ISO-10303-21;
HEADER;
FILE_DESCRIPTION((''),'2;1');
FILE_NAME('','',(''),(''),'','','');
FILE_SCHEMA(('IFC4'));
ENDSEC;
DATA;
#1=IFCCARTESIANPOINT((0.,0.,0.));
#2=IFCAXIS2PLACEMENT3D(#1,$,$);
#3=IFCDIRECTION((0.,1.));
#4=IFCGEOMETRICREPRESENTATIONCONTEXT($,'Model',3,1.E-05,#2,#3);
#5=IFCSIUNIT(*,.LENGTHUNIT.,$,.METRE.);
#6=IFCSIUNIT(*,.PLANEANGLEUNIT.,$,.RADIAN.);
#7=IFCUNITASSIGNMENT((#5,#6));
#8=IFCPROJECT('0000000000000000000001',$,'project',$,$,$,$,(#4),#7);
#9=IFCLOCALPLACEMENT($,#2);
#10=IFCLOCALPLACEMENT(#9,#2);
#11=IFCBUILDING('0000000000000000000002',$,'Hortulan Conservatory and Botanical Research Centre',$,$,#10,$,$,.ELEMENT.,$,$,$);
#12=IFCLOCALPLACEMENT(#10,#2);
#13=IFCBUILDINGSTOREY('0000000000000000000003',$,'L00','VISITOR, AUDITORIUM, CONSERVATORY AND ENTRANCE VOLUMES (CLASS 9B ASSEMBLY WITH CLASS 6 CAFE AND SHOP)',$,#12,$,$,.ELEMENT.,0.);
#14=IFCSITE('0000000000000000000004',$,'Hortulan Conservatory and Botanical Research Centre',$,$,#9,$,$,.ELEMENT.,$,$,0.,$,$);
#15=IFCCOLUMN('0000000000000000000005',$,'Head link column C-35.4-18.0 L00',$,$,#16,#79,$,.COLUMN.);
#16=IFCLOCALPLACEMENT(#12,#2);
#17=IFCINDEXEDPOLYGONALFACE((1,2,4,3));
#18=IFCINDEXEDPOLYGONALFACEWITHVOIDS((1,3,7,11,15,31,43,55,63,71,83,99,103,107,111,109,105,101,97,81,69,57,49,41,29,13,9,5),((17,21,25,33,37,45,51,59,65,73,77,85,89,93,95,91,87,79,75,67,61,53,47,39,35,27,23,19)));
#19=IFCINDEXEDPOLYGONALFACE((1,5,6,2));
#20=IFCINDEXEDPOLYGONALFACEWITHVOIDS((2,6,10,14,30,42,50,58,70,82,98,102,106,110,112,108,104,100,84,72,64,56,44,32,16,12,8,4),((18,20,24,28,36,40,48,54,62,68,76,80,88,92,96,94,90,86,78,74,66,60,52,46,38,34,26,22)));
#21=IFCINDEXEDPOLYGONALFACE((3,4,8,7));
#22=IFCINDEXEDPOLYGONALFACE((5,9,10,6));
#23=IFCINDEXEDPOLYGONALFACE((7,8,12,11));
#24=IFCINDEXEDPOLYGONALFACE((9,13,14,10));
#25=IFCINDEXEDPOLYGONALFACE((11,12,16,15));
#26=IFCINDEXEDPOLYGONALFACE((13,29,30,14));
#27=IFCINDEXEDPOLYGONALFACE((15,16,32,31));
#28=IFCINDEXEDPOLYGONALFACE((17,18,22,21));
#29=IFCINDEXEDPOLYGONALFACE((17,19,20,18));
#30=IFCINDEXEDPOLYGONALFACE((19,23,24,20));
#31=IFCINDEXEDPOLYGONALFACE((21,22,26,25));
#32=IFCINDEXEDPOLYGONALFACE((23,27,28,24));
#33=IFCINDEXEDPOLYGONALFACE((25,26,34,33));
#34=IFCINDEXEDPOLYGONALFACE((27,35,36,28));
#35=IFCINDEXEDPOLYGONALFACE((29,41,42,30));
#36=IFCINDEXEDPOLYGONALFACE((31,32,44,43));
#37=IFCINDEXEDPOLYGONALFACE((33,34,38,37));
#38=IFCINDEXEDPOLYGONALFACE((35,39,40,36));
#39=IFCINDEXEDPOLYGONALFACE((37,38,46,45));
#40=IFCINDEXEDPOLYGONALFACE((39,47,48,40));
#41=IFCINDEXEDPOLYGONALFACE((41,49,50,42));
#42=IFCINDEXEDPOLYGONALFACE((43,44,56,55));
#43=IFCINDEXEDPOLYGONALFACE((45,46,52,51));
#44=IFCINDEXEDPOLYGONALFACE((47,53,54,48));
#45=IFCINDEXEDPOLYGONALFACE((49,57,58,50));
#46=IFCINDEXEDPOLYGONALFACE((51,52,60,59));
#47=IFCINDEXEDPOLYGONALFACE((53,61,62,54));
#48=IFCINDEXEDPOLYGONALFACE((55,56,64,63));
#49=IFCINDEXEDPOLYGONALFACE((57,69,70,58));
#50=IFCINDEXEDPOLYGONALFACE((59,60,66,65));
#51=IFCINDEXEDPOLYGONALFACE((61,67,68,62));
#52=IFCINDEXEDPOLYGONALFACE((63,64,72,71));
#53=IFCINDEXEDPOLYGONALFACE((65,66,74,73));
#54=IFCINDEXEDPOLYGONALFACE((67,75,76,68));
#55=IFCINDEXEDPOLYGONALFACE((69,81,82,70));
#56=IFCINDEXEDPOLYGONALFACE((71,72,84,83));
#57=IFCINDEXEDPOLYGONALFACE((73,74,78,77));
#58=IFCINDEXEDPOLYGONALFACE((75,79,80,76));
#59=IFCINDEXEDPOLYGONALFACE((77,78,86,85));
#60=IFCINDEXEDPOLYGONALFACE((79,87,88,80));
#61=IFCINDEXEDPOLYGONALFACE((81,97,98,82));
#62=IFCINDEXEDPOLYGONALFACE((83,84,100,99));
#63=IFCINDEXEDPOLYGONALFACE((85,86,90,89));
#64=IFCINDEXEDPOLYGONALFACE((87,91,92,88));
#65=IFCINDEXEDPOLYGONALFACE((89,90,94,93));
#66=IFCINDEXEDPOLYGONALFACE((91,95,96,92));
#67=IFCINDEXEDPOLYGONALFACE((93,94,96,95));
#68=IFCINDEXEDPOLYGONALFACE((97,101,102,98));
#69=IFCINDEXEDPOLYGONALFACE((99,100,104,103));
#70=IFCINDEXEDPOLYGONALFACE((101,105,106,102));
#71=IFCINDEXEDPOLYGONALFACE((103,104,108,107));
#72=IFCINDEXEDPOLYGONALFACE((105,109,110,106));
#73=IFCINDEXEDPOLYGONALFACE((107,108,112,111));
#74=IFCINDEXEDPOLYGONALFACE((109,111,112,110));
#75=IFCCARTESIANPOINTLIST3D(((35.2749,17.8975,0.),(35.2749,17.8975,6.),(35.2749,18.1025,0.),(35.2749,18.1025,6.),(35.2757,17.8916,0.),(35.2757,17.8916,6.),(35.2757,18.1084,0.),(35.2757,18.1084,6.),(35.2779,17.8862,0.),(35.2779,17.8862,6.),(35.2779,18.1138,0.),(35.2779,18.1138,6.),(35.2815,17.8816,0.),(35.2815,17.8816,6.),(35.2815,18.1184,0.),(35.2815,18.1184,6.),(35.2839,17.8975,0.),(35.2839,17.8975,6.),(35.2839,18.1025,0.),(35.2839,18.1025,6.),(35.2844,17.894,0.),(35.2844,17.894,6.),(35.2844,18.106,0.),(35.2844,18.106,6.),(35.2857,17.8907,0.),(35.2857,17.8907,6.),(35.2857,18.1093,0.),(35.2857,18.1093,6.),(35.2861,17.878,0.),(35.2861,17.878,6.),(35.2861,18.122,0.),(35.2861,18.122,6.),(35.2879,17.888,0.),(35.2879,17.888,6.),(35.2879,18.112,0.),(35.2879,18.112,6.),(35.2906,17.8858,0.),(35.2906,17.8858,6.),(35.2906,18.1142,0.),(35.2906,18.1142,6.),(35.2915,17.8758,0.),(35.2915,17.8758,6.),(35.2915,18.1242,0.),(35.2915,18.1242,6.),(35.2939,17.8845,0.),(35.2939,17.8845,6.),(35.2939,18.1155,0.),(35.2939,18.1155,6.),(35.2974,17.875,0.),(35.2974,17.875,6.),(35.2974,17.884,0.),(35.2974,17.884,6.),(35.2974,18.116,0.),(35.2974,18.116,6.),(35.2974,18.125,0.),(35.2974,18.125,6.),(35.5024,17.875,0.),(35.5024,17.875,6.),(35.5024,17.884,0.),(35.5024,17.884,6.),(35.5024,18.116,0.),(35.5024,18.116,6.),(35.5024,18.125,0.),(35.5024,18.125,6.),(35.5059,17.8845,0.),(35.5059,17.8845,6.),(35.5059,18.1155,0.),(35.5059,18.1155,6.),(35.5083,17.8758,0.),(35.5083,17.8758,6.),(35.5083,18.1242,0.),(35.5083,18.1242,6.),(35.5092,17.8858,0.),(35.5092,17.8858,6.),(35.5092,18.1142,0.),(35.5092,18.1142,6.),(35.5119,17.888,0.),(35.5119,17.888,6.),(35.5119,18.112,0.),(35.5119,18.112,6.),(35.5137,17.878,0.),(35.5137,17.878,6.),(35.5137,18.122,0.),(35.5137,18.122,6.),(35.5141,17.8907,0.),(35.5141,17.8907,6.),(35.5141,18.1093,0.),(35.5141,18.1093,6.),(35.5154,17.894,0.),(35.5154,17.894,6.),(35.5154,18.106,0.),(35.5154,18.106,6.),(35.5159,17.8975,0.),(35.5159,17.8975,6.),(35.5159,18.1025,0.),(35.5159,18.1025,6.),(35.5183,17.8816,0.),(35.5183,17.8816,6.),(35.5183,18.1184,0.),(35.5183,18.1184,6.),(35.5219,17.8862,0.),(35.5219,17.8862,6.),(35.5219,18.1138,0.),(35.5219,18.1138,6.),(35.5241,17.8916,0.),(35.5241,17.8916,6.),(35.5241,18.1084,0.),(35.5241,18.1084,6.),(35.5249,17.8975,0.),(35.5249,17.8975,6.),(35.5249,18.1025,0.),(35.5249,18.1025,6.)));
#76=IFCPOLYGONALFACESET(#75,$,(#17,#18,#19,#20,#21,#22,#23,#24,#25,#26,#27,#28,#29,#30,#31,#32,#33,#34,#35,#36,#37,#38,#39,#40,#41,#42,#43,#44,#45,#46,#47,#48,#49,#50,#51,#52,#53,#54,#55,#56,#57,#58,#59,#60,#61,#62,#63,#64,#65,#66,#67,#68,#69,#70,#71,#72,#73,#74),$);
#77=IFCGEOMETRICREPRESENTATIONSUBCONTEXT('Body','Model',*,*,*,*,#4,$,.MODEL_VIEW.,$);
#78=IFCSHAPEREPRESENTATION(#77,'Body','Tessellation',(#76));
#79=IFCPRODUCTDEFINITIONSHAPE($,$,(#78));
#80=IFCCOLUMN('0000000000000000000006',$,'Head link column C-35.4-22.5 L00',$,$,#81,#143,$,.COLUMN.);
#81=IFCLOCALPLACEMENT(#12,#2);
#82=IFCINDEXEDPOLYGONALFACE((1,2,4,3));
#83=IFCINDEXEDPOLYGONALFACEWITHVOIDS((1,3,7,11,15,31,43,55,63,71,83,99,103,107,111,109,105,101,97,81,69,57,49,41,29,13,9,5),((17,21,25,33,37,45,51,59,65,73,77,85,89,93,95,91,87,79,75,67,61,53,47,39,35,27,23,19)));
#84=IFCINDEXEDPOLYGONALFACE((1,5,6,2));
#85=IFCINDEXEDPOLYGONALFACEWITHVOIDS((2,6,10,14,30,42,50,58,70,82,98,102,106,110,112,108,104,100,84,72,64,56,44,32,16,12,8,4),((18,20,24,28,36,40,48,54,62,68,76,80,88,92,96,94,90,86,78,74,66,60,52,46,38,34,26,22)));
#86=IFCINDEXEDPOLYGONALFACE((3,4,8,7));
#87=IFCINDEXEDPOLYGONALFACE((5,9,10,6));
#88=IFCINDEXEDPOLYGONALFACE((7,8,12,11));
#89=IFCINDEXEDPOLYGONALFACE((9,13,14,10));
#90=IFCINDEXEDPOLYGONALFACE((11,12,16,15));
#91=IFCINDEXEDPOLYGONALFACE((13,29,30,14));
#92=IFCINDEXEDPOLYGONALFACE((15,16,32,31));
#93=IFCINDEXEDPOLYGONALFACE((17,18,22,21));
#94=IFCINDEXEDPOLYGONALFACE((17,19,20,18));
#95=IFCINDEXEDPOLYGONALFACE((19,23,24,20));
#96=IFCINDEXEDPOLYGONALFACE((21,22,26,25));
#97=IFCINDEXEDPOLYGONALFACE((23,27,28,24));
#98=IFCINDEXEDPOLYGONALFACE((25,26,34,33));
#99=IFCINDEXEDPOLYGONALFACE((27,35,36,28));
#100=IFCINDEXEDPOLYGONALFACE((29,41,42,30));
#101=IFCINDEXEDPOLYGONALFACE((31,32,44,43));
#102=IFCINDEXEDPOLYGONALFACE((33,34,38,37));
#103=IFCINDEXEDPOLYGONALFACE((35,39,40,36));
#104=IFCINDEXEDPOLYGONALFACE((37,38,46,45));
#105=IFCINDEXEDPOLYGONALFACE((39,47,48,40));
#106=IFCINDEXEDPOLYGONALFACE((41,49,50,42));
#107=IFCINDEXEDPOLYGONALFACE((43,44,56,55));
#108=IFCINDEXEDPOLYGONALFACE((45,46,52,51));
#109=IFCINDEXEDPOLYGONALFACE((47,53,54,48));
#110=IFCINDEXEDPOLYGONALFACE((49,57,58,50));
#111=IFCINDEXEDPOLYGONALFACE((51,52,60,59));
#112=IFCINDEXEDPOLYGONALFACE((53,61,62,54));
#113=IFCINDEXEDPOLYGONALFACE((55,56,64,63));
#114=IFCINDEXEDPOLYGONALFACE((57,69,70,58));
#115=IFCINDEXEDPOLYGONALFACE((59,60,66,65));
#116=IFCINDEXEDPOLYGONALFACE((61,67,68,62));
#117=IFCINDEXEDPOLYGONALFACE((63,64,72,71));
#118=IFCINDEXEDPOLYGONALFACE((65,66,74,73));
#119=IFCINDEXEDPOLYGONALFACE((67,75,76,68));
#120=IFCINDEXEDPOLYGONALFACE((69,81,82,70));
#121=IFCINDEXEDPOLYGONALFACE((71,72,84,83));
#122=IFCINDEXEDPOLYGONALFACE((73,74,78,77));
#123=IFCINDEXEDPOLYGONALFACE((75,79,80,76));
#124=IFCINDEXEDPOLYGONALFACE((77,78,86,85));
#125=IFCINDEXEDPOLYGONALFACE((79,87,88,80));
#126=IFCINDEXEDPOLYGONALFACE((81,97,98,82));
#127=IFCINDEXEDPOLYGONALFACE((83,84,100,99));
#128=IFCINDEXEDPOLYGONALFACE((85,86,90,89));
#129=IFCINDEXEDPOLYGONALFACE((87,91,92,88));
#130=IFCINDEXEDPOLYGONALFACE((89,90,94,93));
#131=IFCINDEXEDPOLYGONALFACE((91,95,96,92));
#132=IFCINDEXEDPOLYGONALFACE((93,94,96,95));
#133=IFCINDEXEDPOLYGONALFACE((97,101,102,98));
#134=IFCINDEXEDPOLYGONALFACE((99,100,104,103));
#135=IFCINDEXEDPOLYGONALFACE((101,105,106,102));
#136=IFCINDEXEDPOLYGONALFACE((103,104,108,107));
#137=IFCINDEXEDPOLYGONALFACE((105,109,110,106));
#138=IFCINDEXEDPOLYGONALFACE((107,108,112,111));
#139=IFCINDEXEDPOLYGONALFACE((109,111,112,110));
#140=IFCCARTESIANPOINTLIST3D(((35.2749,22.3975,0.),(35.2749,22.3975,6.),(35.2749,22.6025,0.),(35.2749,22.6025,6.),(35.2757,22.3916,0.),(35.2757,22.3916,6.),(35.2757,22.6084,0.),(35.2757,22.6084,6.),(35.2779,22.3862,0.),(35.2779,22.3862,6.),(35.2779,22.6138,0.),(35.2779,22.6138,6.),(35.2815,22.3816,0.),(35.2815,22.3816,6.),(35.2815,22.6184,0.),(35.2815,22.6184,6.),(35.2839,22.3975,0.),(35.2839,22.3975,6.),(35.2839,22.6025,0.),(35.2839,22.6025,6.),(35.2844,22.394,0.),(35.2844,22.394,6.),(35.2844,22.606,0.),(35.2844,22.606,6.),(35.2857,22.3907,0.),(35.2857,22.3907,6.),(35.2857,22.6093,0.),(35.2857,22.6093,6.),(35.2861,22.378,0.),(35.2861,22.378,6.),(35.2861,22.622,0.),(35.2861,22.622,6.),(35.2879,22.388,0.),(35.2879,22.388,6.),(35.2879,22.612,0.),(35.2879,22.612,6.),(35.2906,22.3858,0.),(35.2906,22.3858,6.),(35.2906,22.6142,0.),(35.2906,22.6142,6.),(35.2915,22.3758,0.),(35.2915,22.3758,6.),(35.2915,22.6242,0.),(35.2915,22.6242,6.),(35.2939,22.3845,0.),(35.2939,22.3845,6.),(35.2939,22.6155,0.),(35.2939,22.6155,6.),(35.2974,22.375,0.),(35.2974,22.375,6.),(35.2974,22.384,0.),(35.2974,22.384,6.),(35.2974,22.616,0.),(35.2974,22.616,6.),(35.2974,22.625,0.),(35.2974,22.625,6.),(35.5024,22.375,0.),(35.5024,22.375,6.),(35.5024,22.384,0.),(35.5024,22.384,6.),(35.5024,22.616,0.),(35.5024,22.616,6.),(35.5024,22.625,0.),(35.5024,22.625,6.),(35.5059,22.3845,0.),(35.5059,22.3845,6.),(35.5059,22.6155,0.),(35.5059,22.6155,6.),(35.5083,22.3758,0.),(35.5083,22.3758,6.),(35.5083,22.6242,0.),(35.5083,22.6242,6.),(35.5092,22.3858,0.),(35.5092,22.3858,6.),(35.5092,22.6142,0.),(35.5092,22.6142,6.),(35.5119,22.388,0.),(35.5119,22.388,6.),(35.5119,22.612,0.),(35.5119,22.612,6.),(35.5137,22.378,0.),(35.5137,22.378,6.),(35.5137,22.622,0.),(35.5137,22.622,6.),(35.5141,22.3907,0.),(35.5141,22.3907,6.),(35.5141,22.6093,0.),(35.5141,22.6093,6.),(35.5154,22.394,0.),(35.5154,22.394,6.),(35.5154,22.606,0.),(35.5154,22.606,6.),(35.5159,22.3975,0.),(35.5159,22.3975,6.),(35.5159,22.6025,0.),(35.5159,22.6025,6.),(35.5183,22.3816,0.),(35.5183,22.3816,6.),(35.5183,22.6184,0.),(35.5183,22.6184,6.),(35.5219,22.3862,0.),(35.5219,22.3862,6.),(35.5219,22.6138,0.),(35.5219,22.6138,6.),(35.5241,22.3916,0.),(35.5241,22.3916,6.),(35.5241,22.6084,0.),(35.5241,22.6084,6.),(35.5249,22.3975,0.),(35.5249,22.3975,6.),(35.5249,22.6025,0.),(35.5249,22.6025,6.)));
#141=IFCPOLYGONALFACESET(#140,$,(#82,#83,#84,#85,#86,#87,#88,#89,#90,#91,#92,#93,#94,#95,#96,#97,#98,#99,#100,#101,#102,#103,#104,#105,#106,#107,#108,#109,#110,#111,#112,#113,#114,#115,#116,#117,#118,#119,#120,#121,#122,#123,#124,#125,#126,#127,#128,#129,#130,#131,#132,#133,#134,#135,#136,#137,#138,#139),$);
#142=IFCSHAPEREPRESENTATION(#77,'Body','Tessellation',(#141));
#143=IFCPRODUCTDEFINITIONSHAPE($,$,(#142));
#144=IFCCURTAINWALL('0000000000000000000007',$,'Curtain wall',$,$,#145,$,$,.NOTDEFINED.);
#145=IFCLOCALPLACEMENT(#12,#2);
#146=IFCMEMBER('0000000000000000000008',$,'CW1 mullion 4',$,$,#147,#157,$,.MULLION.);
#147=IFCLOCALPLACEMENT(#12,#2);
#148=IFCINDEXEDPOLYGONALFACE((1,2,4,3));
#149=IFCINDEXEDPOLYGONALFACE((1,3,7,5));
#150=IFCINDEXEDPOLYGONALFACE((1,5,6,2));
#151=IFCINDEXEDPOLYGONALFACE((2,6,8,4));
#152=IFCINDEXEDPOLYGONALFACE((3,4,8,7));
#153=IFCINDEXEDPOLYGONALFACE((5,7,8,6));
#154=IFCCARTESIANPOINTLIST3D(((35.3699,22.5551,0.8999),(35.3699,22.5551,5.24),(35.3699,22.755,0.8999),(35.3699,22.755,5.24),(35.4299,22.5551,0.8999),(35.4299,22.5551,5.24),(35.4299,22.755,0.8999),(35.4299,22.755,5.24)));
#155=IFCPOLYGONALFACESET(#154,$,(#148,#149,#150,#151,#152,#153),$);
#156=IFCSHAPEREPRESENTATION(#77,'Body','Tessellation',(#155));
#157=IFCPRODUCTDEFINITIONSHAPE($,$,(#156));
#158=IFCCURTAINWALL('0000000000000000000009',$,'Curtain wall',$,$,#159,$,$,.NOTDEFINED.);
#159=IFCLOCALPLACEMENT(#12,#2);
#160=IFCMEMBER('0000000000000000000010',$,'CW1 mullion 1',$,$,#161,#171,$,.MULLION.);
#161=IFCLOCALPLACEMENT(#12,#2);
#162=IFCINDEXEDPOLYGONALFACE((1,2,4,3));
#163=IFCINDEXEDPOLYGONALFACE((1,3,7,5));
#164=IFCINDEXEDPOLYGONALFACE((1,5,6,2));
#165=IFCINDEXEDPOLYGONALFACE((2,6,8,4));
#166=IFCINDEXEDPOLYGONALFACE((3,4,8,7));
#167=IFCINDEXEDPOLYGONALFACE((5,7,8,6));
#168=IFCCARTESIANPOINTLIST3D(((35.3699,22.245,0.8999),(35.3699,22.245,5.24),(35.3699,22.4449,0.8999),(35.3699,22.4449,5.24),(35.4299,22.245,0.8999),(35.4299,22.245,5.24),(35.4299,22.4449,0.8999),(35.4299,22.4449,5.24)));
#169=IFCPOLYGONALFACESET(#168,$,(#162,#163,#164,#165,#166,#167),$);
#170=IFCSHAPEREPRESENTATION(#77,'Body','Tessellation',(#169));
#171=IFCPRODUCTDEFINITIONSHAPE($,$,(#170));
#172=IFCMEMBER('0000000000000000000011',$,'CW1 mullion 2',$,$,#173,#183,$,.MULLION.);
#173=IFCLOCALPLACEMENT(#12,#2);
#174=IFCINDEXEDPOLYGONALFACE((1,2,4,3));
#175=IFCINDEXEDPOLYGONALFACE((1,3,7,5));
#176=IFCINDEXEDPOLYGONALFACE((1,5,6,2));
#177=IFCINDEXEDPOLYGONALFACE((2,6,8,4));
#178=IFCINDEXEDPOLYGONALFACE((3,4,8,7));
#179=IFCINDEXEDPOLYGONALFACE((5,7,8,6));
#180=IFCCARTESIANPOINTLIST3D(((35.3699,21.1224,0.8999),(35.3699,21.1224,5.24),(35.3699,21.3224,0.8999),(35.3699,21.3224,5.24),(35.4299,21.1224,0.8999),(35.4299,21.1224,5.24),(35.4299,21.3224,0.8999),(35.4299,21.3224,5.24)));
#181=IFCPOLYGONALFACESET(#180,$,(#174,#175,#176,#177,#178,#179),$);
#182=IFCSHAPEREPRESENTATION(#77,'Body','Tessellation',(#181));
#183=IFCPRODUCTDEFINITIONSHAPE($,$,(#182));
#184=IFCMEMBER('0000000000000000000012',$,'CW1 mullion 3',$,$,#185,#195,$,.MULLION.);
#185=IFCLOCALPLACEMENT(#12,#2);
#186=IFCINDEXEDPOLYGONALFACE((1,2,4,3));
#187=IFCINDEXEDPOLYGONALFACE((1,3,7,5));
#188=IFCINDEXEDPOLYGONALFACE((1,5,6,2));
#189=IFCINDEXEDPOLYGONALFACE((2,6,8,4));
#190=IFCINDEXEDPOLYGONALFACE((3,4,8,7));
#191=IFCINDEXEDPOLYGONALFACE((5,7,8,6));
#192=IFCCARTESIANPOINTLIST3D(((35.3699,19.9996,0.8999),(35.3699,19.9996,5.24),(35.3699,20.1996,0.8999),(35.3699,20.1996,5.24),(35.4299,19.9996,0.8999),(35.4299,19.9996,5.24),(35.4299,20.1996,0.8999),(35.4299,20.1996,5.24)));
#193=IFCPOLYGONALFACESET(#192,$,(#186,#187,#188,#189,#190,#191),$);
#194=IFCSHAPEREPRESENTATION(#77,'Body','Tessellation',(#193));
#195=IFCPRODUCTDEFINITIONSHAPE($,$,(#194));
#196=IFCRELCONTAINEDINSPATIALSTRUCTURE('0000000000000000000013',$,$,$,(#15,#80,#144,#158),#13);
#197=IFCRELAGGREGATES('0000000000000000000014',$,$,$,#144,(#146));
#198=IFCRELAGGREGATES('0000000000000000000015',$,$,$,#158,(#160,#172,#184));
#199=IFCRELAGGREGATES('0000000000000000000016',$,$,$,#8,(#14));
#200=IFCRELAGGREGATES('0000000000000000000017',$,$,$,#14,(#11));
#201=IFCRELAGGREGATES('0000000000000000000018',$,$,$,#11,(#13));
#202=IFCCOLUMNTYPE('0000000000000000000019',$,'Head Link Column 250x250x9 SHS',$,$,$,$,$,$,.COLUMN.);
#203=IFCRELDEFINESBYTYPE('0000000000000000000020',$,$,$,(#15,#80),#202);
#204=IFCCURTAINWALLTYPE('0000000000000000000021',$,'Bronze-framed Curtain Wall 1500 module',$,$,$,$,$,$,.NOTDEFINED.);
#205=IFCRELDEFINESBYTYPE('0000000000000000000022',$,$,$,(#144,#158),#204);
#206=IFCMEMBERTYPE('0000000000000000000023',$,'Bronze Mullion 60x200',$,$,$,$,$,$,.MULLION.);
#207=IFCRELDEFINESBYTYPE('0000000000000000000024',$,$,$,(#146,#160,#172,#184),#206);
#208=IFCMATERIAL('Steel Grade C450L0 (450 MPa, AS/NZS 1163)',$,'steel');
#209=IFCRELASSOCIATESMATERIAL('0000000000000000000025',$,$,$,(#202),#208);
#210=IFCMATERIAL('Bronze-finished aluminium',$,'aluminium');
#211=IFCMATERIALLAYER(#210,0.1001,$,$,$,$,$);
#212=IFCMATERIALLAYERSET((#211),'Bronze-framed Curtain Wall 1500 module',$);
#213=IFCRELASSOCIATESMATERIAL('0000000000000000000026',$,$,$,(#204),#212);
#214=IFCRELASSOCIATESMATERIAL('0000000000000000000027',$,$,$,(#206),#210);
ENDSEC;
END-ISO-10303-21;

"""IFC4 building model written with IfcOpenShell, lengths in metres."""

from ifc_helpers import new_model, si_unit, direction, frame, origin, origin_2d, place, context, subcontext, project, spatial, rectangle, hollow_rectangle, extrude, material, layer, layer_set, material_profile, profile_set, type_object, element, aggregate, save


model = new_model("IFC4")

# Units and contexts
model_context = context("Model", 3, precision=1e-05, world=origin(), true_north=direction((0.0, 1.0)))
body_context = subcontext(model_context, "Body", "Model", "MODEL_VIEW")
ifc_project = project(units=[si_unit("LENGTHUNIT", "METRE"), si_unit("PLANEANGLEUNIT", "RADIAN")], contexts=[model_context])

# Site, building, storey
site_placement = place(None, origin())
site = spatial("IfcSite", under=ifc_project, at=site_placement, Name="Hortulan Conservatory and Botanical Research Centre", CompositionType="ELEMENT", RefElevation=0.0)
building_placement = place(site_placement, origin())
building = spatial("IfcBuilding", under=site, at=building_placement, Name="Hortulan Conservatory and Botanical Research Centre", CompositionType="ELEMENT")
storey_placement = place(building_placement, origin())
storey = spatial("IfcBuildingStorey", under=building, at=storey_placement, Name="L00", Description="VISITOR, AUDITORIUM, CONSERVATORY AND ENTRANCE VOLUMES (CLASS 9B ASSEMBLY WITH CLASS 6 CAFE AND SHOP)", CompositionType="ELEMENT", Elevation=0.0)

# Columns
ifc_material_1 = material(Name="Steel Grade C450L0 (450 MPa, AS/NZS 1163)", Category="steel")
ifc_material_profile_1 = material_profile(ifc_material_1, hollow_rectangle(XDim=0.25, YDim=0.25, WallThickness=0.009, InnerFilletRadius=0.0134, OuterFilletRadius=0.0225, at=origin_2d()), Name="250x250x9SHS")
ifc_profile_set_1 = profile_set([ifc_material_profile_1], Name="Steel Grade C450L0 (450 MPa, AS/NZS 1163)")
column_type = type_object("IfcColumnType", Name="Head Link Column 250x250x9 SHS", PredefinedType="COLUMN", material=ifc_profile_set_1)
for number, where, z_axis, x_axis, name in (
    (1, (35.3999, 18.0, 0.0), (0.0, 0.0, 1.0), (1.0, 0.0, 0.0), "Head link column C-35.4-18.0 L00"),
    (2, (35.3999, 22.5, 0.0), (0.0, 0.0, 1.0), (1.0, 0.0, 0.0), "Head link column C-35.4-22.5 L00"),
):
    element("IfcColumn", number, at=place(storey_placement, frame(where, z_axis=z_axis, x_axis=x_axis)), inside=storey, type_object=column_type, Name=name, PredefinedType="COLUMN", context=body_context, shape_type="SweptSolid", body=[
        extrude(hollow_rectangle(XDim=0.25, YDim=0.25, WallThickness=0.009, InnerFilletRadius=0.0134, OuterFilletRadius=0.0225, at=origin_2d()), origin(), (0.0, 0.0, 1.0), 6.0),
    ])

# Curtain wall, member
ifc_material_2 = material(Name="Bronze-finished aluminium", Category="aluminium")
ifc_layer_1 = layer(ifc_material_2, 0.1001)
ifc_layer_set_1 = layer_set([ifc_layer_1], Name="Bronze-framed Curtain Wall 1500 module")
curtain_wall_type = type_object("IfcCurtainWallType", Name="Bronze-framed Curtain Wall 1500 module", PredefinedType="NOTDEFINED", material=ifc_layer_set_1)
curtain_wall_1_placement = place(storey_placement, origin())
curtain_wall_1 = element("IfcCurtainWall", 3, at=curtain_wall_1_placement, inside=storey, type_object=curtain_wall_type, Name="Curtain wall", PredefinedType="NOTDEFINED")
ifc_material_profile_2 = material_profile(ifc_material_2, rectangle(XDim=0.0601, YDim=0.2, at=origin_2d()), Name="Bronze Mullion 60x200")
ifc_profile_set_2 = profile_set([ifc_material_profile_2], Name="Bronze-finished aluminium")
member_type_1 = type_object("IfcMemberType", Name="Bronze Mullion 60x200", PredefinedType="MULLION", material=ifc_profile_set_2)
member_1_placement = place(storey_placement, frame((35.3999, 22.655, 0.8999), z_axis=(0.0, 0.0, 1.0), x_axis=(1.0, 0.0, 0.0)))
member_1 = element("IfcMember", 4, at=member_1_placement, type_object=member_type_1, Name="CW1 mullion 4", PredefinedType="MULLION", context=body_context, shape_type="SweptSolid", body=[
    extrude(rectangle(XDim=0.0601, YDim=0.2, at=origin_2d()), origin(), (0.0, 0.0, 1.0), 4.3401),
])
aggregate(curtain_wall_1, [member_1])

# Curtain wall, members
curtain_wall_2_placement = place(storey_placement, origin())
curtain_wall_2 = element("IfcCurtainWall", 5, at=curtain_wall_2_placement, inside=storey, type_object=curtain_wall_type, Name="Curtain wall", PredefinedType="NOTDEFINED")
member_2_placement = place(storey_placement, frame((35.3999, 22.345, 0.8999), z_axis=(0.0, 0.0, 1.0), x_axis=(1.0, 0.0, 0.0)))
member_2 = element("IfcMember", 6, at=member_2_placement, type_object=member_type_1, Name="CW1 mullion 1", PredefinedType="MULLION", context=body_context, shape_type="SweptSolid", body=[
    extrude(rectangle(XDim=0.0601, YDim=0.2, at=origin_2d()), origin(), (0.0, 0.0, 1.0), 4.3401),
])
member_3_placement = place(storey_placement, frame((35.3999, 21.2224, 0.8999), z_axis=(0.0, 0.0, 1.0), x_axis=(1.0, 0.0, 0.0)))
member_3 = element("IfcMember", 7, at=member_3_placement, type_object=member_type_1, Name="CW1 mullion 2", PredefinedType="MULLION", context=body_context, shape_type="SweptSolid", body=[
    extrude(rectangle(XDim=0.0601, YDim=0.2, at=origin_2d()), origin(), (0.0, 0.0, 1.0), 4.3401),
])
member_4_placement = place(storey_placement, frame((35.3999, 20.0996, 0.8999), z_axis=(0.0, 0.0, 1.0), x_axis=(1.0, 0.0, 0.0)))
member_4 = element("IfcMember", 8, at=member_4_placement, type_object=member_type_1, Name="CW1 mullion 3", PredefinedType="MULLION", context=body_context, shape_type="SweptSolid", body=[
    extrude(rectangle(XDim=0.0601, YDim=0.2, at=origin_2d()), origin(), (0.0, 0.0, 1.0), 4.3401),
])

aggregate(curtain_wall_2, [member_2, member_3, member_4])

save(model, "model.ifc")
